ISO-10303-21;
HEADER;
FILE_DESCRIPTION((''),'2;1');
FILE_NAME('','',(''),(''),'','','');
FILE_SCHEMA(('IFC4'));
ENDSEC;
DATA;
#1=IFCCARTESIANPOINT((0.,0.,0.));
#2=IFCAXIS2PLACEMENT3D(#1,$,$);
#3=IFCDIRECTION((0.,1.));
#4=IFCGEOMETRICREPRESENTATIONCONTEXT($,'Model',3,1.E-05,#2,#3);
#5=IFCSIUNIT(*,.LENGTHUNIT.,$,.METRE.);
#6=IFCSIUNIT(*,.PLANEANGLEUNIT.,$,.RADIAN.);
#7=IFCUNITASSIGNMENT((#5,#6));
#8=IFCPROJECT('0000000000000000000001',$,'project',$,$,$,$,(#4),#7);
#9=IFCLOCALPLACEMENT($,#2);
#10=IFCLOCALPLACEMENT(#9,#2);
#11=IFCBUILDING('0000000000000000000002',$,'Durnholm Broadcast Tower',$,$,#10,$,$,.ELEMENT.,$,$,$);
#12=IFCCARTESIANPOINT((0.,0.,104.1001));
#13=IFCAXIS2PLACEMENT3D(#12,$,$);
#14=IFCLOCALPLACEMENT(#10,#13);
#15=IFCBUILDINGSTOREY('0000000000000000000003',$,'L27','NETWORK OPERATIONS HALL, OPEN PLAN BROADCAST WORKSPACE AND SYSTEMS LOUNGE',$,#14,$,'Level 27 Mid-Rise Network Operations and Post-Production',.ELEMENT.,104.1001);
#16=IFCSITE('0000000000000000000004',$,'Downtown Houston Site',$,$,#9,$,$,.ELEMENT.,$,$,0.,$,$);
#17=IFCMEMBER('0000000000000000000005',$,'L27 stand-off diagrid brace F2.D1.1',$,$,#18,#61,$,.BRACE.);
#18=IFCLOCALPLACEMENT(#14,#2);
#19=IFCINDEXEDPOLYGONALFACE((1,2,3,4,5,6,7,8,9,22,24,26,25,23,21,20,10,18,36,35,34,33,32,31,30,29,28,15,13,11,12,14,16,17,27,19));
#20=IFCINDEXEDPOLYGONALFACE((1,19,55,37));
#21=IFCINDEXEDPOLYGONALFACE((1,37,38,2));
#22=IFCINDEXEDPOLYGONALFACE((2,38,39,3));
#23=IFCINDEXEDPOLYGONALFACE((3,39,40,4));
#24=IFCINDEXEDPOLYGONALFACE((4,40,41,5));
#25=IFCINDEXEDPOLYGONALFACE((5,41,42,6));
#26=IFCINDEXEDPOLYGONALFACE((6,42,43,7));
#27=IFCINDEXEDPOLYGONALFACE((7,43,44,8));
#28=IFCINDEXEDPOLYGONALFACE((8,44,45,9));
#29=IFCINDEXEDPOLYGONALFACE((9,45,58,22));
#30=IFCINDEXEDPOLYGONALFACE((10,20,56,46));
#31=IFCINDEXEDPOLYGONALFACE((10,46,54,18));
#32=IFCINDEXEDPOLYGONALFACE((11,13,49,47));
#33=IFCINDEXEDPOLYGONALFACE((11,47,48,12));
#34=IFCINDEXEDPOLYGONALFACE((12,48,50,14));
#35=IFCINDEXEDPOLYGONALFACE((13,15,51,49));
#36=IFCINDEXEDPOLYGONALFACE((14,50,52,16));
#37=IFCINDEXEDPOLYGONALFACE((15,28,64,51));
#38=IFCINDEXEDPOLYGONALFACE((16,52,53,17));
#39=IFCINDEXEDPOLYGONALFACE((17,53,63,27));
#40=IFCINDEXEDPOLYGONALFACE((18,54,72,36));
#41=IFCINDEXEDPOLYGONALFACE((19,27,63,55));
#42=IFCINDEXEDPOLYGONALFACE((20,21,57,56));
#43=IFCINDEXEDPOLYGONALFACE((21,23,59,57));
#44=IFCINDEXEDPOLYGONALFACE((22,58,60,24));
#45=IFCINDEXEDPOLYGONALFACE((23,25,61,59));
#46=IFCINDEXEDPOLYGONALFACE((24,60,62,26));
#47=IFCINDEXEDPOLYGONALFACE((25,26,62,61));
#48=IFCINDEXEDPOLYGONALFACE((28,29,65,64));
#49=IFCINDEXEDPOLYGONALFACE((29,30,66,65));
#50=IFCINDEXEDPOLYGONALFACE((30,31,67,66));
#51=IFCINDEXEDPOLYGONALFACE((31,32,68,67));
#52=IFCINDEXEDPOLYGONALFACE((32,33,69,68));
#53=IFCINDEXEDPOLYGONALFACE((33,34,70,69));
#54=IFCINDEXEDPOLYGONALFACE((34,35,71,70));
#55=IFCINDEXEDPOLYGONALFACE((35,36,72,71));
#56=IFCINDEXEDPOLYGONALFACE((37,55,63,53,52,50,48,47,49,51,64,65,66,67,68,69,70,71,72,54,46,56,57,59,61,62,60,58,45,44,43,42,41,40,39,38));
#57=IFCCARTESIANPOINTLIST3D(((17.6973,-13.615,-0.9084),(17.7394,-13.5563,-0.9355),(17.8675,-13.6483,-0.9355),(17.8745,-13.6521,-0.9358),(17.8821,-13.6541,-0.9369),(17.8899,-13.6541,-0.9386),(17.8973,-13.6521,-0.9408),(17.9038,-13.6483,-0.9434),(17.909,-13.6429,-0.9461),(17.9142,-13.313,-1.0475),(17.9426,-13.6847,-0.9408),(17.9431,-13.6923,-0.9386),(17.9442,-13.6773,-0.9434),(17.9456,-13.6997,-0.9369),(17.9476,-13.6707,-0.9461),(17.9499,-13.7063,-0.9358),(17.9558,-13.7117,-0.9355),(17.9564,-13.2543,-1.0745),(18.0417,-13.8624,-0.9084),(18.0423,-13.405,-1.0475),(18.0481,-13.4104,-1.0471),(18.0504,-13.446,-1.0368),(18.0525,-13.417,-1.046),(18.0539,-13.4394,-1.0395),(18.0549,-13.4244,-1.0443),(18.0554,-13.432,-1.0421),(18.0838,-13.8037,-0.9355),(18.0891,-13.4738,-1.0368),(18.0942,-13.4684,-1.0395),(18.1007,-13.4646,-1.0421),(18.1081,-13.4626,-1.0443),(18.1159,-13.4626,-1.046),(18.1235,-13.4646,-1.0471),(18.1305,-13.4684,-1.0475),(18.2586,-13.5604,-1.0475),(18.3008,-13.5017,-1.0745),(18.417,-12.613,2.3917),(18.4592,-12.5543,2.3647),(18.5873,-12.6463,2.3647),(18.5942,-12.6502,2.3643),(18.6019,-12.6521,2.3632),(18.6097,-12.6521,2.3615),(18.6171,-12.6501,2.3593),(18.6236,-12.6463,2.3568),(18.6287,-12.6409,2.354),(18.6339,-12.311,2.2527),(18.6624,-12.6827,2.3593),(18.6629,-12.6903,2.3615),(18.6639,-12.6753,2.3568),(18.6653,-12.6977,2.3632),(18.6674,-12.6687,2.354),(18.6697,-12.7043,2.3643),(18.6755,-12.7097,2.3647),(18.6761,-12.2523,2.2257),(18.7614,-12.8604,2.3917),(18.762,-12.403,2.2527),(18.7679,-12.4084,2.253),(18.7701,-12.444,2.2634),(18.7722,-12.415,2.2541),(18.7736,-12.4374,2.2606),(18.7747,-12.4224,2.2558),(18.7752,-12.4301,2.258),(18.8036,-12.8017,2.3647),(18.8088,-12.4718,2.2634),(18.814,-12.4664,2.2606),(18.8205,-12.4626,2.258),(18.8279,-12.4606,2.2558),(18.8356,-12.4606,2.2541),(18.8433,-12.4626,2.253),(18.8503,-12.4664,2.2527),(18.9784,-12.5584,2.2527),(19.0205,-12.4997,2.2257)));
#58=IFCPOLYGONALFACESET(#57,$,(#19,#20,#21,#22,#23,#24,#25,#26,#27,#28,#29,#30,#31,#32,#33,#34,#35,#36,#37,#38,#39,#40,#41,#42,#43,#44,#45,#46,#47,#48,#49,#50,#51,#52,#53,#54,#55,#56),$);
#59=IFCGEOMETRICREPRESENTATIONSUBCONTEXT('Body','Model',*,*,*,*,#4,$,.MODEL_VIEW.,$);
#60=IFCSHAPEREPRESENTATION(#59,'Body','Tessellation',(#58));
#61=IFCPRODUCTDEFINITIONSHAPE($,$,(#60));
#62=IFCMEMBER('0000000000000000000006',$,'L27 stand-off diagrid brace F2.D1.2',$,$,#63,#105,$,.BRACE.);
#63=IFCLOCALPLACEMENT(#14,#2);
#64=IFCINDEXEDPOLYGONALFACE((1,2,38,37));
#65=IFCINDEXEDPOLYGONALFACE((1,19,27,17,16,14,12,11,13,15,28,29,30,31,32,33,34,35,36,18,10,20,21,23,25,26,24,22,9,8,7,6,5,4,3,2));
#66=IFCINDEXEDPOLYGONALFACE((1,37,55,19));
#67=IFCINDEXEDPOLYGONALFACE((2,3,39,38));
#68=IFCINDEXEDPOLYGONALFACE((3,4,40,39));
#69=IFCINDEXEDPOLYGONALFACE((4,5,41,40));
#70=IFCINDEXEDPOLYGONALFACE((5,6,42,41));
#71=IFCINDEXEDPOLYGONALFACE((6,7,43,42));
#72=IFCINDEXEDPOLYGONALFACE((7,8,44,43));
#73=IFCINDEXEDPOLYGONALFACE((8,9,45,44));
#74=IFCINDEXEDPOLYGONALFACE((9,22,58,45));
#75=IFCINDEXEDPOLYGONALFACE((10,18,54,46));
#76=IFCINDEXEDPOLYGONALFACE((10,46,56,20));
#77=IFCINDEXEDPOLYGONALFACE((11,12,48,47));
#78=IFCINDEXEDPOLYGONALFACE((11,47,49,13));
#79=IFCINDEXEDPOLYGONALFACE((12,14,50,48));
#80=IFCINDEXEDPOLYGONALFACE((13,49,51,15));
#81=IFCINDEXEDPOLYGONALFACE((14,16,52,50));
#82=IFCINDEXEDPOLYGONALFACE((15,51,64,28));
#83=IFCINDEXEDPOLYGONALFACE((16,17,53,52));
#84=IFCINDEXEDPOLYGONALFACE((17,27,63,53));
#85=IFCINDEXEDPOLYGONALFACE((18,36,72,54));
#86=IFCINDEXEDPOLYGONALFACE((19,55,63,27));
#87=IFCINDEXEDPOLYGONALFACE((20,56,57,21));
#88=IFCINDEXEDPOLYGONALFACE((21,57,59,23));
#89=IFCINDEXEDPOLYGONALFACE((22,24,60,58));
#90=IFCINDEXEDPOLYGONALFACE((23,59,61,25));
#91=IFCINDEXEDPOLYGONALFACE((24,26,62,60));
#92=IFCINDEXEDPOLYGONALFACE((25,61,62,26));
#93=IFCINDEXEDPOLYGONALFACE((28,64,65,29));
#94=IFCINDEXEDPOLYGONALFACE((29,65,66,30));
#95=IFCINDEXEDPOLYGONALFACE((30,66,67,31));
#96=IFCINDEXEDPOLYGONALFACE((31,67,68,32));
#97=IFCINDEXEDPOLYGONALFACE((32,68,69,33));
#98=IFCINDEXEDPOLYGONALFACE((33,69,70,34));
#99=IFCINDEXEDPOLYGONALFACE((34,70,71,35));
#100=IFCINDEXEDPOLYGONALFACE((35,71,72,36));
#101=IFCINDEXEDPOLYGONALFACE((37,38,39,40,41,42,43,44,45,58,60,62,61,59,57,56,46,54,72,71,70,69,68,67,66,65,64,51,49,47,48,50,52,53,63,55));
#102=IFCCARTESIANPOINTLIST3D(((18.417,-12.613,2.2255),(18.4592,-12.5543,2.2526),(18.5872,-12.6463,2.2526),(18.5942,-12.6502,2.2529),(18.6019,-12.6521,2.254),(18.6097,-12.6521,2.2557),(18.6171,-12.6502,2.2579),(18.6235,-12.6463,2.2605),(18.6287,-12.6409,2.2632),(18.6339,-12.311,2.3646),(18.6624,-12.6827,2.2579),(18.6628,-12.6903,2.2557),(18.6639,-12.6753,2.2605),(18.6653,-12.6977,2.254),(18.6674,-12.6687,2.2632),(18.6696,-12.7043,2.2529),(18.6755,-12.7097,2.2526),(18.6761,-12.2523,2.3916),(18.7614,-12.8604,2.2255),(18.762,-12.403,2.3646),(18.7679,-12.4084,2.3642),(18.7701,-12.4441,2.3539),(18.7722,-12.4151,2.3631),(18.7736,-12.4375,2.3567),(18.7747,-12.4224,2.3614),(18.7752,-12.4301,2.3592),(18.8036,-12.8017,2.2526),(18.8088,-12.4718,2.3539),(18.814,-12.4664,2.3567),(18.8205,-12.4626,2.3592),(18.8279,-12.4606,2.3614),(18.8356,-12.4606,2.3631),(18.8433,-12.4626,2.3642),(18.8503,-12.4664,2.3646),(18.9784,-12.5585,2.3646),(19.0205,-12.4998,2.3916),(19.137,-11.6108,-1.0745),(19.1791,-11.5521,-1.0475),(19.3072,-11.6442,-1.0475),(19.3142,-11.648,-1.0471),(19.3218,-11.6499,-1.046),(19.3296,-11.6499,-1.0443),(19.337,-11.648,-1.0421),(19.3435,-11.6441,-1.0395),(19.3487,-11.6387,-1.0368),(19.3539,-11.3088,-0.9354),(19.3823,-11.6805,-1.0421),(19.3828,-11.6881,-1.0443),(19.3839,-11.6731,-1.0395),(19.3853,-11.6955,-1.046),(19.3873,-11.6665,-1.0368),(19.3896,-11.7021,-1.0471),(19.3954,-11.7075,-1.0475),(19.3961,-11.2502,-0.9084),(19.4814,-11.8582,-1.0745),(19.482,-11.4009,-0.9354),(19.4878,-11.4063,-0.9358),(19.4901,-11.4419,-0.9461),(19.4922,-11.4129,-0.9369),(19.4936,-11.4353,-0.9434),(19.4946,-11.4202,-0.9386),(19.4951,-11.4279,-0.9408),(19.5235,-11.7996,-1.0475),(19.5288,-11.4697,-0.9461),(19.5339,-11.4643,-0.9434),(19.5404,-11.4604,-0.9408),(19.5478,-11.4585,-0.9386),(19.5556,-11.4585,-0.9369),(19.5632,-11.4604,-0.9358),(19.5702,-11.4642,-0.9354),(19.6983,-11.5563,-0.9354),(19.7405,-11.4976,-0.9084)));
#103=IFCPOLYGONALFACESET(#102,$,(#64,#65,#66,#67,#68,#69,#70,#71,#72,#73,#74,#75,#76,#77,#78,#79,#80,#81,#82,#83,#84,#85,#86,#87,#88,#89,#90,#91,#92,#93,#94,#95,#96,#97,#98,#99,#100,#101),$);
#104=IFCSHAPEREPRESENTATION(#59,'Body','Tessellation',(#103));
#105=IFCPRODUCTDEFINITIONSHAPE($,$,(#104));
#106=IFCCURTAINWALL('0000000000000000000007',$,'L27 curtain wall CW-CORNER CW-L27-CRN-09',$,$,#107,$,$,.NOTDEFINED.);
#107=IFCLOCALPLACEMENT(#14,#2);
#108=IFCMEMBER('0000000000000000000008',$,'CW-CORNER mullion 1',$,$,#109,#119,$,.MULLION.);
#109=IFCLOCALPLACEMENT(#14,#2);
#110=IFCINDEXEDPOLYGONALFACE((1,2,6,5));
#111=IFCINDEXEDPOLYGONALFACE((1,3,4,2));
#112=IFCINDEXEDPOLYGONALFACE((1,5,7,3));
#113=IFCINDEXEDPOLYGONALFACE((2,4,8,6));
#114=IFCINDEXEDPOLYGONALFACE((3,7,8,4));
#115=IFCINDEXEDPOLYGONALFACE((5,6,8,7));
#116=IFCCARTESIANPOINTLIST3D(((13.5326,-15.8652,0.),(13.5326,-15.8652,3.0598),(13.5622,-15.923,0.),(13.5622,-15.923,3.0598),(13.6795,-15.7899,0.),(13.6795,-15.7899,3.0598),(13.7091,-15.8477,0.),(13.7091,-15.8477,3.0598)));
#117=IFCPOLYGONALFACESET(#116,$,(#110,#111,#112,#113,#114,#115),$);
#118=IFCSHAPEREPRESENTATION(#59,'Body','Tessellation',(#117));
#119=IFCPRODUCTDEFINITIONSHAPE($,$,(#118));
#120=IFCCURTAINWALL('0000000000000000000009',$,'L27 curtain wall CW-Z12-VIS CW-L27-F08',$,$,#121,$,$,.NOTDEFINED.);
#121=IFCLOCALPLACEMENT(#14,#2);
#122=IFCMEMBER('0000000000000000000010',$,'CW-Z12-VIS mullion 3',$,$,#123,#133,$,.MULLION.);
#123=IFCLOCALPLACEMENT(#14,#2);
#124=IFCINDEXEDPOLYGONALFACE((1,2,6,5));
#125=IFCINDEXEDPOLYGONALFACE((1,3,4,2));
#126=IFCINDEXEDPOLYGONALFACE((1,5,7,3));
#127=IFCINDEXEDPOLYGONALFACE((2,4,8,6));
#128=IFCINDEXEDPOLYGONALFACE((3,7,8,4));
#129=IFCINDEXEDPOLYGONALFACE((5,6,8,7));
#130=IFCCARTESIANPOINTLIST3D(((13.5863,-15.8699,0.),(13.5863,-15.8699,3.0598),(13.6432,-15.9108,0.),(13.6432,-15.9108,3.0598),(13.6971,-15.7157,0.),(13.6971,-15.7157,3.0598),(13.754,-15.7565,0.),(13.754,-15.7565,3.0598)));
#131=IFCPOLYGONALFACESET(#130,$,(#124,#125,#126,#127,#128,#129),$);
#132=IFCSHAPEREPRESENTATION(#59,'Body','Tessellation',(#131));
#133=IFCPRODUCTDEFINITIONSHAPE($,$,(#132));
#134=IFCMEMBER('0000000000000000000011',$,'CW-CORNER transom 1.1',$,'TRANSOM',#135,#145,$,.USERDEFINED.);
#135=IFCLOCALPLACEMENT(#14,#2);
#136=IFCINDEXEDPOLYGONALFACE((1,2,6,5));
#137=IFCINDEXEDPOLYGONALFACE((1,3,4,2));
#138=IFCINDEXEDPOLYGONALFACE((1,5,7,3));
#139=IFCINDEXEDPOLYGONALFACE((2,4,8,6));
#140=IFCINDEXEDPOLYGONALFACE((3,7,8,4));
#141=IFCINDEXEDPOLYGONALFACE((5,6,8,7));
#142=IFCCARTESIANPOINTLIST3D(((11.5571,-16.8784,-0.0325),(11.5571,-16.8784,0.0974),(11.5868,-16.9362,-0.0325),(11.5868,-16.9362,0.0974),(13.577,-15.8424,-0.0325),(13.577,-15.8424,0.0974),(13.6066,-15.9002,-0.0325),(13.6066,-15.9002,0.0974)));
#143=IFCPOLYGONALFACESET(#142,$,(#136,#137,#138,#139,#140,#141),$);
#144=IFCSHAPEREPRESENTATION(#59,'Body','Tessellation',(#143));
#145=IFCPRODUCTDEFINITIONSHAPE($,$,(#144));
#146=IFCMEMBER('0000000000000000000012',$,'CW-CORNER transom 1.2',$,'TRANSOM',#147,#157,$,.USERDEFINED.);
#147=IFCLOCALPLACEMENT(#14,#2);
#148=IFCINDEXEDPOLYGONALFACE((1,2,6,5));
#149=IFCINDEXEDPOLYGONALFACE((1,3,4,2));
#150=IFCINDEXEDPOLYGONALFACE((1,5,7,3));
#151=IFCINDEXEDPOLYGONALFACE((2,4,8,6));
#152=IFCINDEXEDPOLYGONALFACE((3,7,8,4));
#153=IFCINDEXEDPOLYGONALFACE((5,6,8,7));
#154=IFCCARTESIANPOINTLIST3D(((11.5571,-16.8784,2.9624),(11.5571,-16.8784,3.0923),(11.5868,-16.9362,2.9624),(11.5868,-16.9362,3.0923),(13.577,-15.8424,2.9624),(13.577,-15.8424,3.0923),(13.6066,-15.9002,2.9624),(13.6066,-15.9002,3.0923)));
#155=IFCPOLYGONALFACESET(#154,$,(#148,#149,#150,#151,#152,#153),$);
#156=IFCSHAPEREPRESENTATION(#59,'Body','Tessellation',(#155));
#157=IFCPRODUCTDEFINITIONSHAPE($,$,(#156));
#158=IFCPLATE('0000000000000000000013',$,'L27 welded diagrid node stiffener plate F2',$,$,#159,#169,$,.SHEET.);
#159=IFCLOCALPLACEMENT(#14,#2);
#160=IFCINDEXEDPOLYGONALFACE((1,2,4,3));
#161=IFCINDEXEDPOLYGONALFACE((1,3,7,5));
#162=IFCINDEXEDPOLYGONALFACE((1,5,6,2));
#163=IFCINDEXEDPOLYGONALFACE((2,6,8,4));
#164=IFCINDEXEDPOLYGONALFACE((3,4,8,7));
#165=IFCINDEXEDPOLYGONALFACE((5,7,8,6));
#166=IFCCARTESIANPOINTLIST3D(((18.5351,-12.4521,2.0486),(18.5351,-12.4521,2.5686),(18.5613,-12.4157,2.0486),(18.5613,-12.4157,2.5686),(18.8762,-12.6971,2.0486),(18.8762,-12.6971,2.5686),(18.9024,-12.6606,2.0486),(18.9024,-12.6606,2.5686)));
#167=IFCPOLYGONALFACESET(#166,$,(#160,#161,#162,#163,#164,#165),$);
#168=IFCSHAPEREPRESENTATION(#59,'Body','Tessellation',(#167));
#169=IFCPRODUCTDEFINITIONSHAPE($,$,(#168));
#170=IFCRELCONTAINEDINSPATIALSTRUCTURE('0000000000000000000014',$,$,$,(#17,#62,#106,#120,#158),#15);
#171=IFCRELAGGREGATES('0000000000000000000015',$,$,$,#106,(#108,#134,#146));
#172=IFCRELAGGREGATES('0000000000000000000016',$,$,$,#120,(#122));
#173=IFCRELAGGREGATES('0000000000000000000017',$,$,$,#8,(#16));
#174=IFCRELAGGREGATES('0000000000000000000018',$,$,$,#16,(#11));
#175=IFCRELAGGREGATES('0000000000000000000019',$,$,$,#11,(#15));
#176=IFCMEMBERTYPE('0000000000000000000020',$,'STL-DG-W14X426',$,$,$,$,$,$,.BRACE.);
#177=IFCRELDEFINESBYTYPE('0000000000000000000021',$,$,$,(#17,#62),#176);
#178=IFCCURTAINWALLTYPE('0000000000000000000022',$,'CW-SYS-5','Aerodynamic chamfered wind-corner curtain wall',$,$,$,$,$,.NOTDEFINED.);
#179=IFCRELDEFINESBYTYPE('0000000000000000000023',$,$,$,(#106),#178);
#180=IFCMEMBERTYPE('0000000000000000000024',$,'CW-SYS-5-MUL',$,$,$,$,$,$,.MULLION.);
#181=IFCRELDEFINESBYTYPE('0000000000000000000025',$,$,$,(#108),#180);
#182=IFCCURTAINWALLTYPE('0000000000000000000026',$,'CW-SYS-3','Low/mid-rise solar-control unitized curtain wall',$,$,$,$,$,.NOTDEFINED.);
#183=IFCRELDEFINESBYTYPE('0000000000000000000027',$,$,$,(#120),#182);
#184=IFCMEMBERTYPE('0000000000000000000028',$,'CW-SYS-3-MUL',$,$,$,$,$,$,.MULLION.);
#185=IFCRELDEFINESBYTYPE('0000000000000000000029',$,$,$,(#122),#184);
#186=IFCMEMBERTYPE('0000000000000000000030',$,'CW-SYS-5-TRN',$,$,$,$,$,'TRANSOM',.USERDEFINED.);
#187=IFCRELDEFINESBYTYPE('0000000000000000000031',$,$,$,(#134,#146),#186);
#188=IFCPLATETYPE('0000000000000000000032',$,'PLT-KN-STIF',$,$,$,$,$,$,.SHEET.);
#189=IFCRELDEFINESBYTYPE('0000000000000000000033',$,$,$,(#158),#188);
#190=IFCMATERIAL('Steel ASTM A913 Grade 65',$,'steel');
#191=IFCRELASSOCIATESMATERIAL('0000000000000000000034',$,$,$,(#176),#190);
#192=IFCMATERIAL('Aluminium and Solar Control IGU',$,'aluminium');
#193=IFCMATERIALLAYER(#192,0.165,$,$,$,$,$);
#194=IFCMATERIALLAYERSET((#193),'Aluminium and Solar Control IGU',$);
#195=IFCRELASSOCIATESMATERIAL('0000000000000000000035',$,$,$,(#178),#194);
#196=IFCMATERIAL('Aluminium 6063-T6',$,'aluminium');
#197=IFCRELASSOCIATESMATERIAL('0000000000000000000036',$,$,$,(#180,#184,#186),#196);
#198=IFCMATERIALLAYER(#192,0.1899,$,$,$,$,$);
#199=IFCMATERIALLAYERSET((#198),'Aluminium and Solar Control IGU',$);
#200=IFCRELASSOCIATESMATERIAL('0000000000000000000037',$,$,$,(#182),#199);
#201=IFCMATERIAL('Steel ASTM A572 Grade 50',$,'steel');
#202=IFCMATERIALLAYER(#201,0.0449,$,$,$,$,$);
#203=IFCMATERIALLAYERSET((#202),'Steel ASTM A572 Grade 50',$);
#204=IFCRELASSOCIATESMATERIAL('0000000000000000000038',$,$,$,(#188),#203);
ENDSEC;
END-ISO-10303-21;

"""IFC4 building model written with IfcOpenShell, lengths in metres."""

from ifc_helpers import new_model, si_unit, direction, frame, origin, origin_2d, place, context, subcontext, project, spatial, rectangle, i_section, extrude, source, transform, mapped, material, layer, layer_set, material_profile, profile_set, type_object, type_shapes, element, aggregate, save


model = new_model("IFC4")

# Units and contexts
model_context = context("Model", 3, precision=1e-05, world=origin(), true_north=direction((0.0, 1.0)))
body_context = subcontext(model_context, "Body", "Model", "MODEL_VIEW")
ifc_project = project(units=[si_unit("LENGTHUNIT", "METRE"), si_unit("PLANEANGLEUNIT", "RADIAN")], contexts=[model_context])

# Site, building, storey
site_placement = place(None, origin())
site = spatial("IfcSite", under=ifc_project, at=site_placement, Name="Downtown Houston Site", CompositionType="ELEMENT", RefElevation=0.0)
building_placement = place(site_placement, origin())
building = spatial("IfcBuilding", under=site, at=building_placement, Name="Durnholm Broadcast Tower", CompositionType="ELEMENT")
storey_placement = place(building_placement, frame((0.0, 0.0, 104.1001)))
storey = spatial("IfcBuildingStorey", under=building, at=storey_placement, Name="L27", Description="NETWORK OPERATIONS HALL, OPEN PLAN BROADCAST WORKSPACE AND SYSTEMS LOUNGE", LongName="Level 27 Mid-Rise Network Operations and Post-Production", CompositionType="ELEMENT", Elevation=104.1001)

# Members
ifc_material_1 = material(Name="Steel ASTM A913 Grade 65", Category="steel")
ifc_material_profile_1 = material_profile(ifc_material_1, i_section(OverallWidth=0.4241, OverallDepth=0.4741, WebThickness=0.0476, FlangeThickness=0.0771, FilletRadius=0.0305, at=origin_2d()), Name="W14X426")
ifc_profile_set_1 = profile_set([ifc_material_profile_1], Name="Steel ASTM A913 Grade 65")
member_type_1 = type_object("IfcMemberType", Name="STL-DG-W14X426", PredefinedType="BRACE", material=ifc_profile_set_1)
shared_shape_1 = source(origin(), body_context, "Body", "SweptSolid", [
    extrude(i_section(OverallWidth=0.4241, OverallDepth=0.4741, WebThickness=0.0476, FlangeThickness=0.0771, FilletRadius=0.0305, at=origin_2d()), origin(), (0.0, 0.0, 1.0), 3.5232),
])
type_shapes(member_type_1, [shared_shape_1])
for number, where, z_axis, x_axis, name in (
    (1, (17.999, -13.5583, -0.9915), (0.204288, 0.284395, 0.936689), (-0.812179, 0.583408, 0.0), "L27 stand-off diagrid brace F2.D1.1"),
    (2, (19.4387, -11.5542, -0.9915), (-0.20435, -0.284455, 0.936657), (0.812153, -0.583444, 0.0), "L27 stand-off diagrid brace F2.D1.2"),
):
    element("IfcMember", number, at=place(storey_placement, frame(where, z_axis=z_axis, x_axis=x_axis)), inside=storey, type_object=member_type_1, Name=name, PredefinedType="BRACE", context=body_context, shape_type="MappedRepresentation", body=[
        mapped(shared_shape_1, transform((0.0, 0.0, 0.0), x_axis=(1.0, 0.0, 0.0), y_axis=(0.0, 1.0, 0.0), z_axis=(0.0, 0.0, 1.0), scale=1.0)),
    ])

# Curtain walls, members
ifc_material_2 = material(Name="Aluminium and Solar Control IGU", Category="aluminium")
ifc_layer_1 = layer(ifc_material_2, 0.165)
ifc_layer_set_1 = layer_set([ifc_layer_1], Name="Aluminium and Solar Control IGU")
curtain_wall_type_1 = type_object("IfcCurtainWallType", Name="CW-SYS-5", Description="Aerodynamic chamfered wind-corner curtain wall", PredefinedType="NOTDEFINED", material=ifc_layer_set_1)
curtain_wall_1_placement = place(storey_placement, origin())
curtain_wall_1 = element("IfcCurtainWall", 3, at=curtain_wall_1_placement, inside=storey, type_object=curtain_wall_type_1, Name="L27 curtain wall CW-CORNER CW-L27-CRN-09", PredefinedType="NOTDEFINED")
ifc_material_3 = material(Name="Aluminium 6063-T6", Category="aluminium")
ifc_material_profile_2 = material_profile(ifc_material_3, rectangle(XDim=0.0649, YDim=0.165, at=origin_2d()), Name="CWM65X165")
ifc_profile_set_2 = profile_set([ifc_material_profile_2], Name="Aluminium 6063-T6")
member_type_2 = type_object("IfcMemberType", Name="CW-SYS-5-MUL", PredefinedType="MULLION", material=ifc_profile_set_2)
shared_shape_2 = source(origin(), body_context, "Body", "SweptSolid", [
    extrude(rectangle(XDim=0.0649, YDim=0.165, at=origin_2d()), origin(), (0.0, 0.0, 1.0), 3.0598),
])
type_shapes(member_type_2, [shared_shape_2])
member_1_placement = place(storey_placement, frame((13.6208, -15.8564, 0.0), z_axis=(0.0, 0.0, 1.0), x_axis=(0.456373, -0.889788, 0.0)))
member_1 = element("IfcMember", 4, at=member_1_placement, type_object=member_type_2, Name="CW-CORNER mullion 1", PredefinedType="MULLION", context=body_context, shape_type="MappedRepresentation", body=[
    mapped(shared_shape_2, transform((0.0, 0.0, 0.0), x_axis=(1.0, 0.0, 0.0), y_axis=(0.0, 1.0, 0.0), z_axis=(0.0, 0.0, 1.0), scale=1.0)),
])
ifc_layer_2 = layer(ifc_material_2, 0.1899)
ifc_layer_set_2 = layer_set([ifc_layer_2], Name="Aluminium and Solar Control IGU")
curtain_wall_type_2 = type_object("IfcCurtainWallType", Name="CW-SYS-3", Description="Low/mid-rise solar-control unitized curtain wall", PredefinedType="NOTDEFINED", material=ifc_layer_set_2)
curtain_wall_2_placement = place(storey_placement, origin())
curtain_wall_2 = element("IfcCurtainWall", 5, at=curtain_wall_2_placement, inside=storey, type_object=curtain_wall_type_2, Name="L27 curtain wall CW-Z12-VIS CW-L27-F08", PredefinedType="NOTDEFINED")
ifc_material_profile_3 = material_profile(ifc_material_3, rectangle(XDim=0.0701, YDim=0.1899, at=origin_2d()), Name="CWM70X190")
ifc_profile_set_3 = profile_set([ifc_material_profile_3], Name="Aluminium 6063-T6")
member_type_3 = type_object("IfcMemberType", Name="CW-SYS-3-MUL", PredefinedType="MULLION", material=ifc_profile_set_3)
shared_shape_3 = source(origin(), body_context, "Body", "SweptSolid", [
    extrude(rectangle(XDim=0.0701, YDim=0.1899, at=origin_2d()), origin(), (0.0, 0.0, 1.0), 3.0598),
])
type_shapes(member_type_3, [shared_shape_3])
member_2_placement = place(storey_placement, frame((13.6702, -15.8132, 0.0), z_axis=(0.0, 0.0, 1.0), x_axis=(0.812152, -0.583445, 0.0)))
member_2 = element("IfcMember", 6, at=member_2_placement, type_object=member_type_3, Name="CW-Z12-VIS mullion 3", PredefinedType="MULLION", context=body_context, shape_type="MappedRepresentation", body=[
    mapped(shared_shape_3, transform((0.0, 0.0, 0.0), x_axis=(1.0, 0.0, 0.0), y_axis=(0.0, 1.0, 0.0), z_axis=(0.0, 0.0, 1.0), scale=1.0)),
])

# Members
ifc_material_profile_4 = material_profile(ifc_material_3, rectangle(XDim=0.0649, YDim=0.1299, at=origin_2d()), Name="CWT65X130")
ifc_profile_set_4 = profile_set([ifc_material_profile_4], Name="Aluminium 6063-T6")
member_type_4 = type_object("IfcMemberType", Name="CW-SYS-5-TRN", ElementType="TRANSOM", PredefinedType="USERDEFINED", material=ifc_profile_set_4)
shared_shape_4 = source(origin(), body_context, "Body", "SweptSolid", [
    extrude(rectangle(XDim=0.0649, YDim=0.1299, at=origin_2d()), origin(), (0.0, 0.0, 1.0), 2.27),
])
type_shapes(member_type_4, [shared_shape_4])
member_3_placement = place(storey_placement, frame((13.5918, -15.8713, 0.0325), z_axis=(-0.889798, -0.456354, 0.0), x_axis=(0.456354, -0.889798, 0.0)))
member_3 = element("IfcMember", 7, at=member_3_placement, type_object=member_type_4, Name="CW-CORNER transom 1.1", ObjectType="TRANSOM", PredefinedType="USERDEFINED", context=body_context, shape_type="MappedRepresentation", body=[
    mapped(shared_shape_4, transform((0.0, 0.0, 0.0), x_axis=(1.0, 0.0, 0.0), y_axis=(0.0, 1.0, 0.0), z_axis=(0.0, 0.0, 1.0), scale=1.0)),
])
member_4_placement = place(storey_placement, frame((13.5918, -15.8713, 3.0273), z_axis=(-0.889798, -0.456354, 0.0), x_axis=(0.456354, -0.889798, 0.0)))
member_4 = element("IfcMember", 8, at=member_4_placement, type_object=member_type_4, Name="CW-CORNER transom 1.2", ObjectType="TRANSOM", PredefinedType="USERDEFINED", context=body_context, shape_type="MappedRepresentation", body=[
    mapped(shared_shape_4, transform((0.0, 0.0, 0.0), x_axis=(1.0, 0.0, 0.0), y_axis=(0.0, 1.0, 0.0), z_axis=(0.0, 0.0, 1.0), scale=1.0)),
])

# Plate
ifc_material_4 = material(Name="Steel ASTM A572 Grade 50", Category="steel")
ifc_layer_3 = layer(ifc_material_4, 0.0449)
ifc_layer_set_3 = layer_set([ifc_layer_3], Name="Steel ASTM A572 Grade 50")
plate_type_1 = type_object("IfcPlateType", Name="PLT-KN-STIF", PredefinedType="SHEET", material=ifc_layer_set_3)
shared_shape_5 = source(origin(), body_context, "Body", "SweptSolid", [
    extrude(rectangle(XDim=0.0449, YDim=0.4199, at=origin_2d()), origin(), (0.0, 0.0, 1.0), 0.52),
])
type_shapes(plate_type_1, [shared_shape_5])
plate_1_placement = place(storey_placement, frame((18.7188, -12.5564, 2.0486), z_axis=(0.0, 0.0, 1.0), x_axis=(0.583399, 0.812185, 0.0)))
element("IfcPlate", 9, at=plate_1_placement, inside=storey, type_object=plate_type_1, Name="L27 welded diagrid node stiffener plate F2", PredefinedType="SHEET", context=body_context, shape_type="MappedRepresentation", body=[
    mapped(shared_shape_5, transform((0.0, 0.0, 0.0), x_axis=(1.0, 0.0, 0.0), y_axis=(0.0, 1.0, 0.0), z_axis=(0.0, 0.0, 1.0), scale=1.0)),
])

aggregate(curtain_wall_1, [member_1, member_3, member_4])
aggregate(curtain_wall_2, [member_2])

save(model, "model.ifc")
